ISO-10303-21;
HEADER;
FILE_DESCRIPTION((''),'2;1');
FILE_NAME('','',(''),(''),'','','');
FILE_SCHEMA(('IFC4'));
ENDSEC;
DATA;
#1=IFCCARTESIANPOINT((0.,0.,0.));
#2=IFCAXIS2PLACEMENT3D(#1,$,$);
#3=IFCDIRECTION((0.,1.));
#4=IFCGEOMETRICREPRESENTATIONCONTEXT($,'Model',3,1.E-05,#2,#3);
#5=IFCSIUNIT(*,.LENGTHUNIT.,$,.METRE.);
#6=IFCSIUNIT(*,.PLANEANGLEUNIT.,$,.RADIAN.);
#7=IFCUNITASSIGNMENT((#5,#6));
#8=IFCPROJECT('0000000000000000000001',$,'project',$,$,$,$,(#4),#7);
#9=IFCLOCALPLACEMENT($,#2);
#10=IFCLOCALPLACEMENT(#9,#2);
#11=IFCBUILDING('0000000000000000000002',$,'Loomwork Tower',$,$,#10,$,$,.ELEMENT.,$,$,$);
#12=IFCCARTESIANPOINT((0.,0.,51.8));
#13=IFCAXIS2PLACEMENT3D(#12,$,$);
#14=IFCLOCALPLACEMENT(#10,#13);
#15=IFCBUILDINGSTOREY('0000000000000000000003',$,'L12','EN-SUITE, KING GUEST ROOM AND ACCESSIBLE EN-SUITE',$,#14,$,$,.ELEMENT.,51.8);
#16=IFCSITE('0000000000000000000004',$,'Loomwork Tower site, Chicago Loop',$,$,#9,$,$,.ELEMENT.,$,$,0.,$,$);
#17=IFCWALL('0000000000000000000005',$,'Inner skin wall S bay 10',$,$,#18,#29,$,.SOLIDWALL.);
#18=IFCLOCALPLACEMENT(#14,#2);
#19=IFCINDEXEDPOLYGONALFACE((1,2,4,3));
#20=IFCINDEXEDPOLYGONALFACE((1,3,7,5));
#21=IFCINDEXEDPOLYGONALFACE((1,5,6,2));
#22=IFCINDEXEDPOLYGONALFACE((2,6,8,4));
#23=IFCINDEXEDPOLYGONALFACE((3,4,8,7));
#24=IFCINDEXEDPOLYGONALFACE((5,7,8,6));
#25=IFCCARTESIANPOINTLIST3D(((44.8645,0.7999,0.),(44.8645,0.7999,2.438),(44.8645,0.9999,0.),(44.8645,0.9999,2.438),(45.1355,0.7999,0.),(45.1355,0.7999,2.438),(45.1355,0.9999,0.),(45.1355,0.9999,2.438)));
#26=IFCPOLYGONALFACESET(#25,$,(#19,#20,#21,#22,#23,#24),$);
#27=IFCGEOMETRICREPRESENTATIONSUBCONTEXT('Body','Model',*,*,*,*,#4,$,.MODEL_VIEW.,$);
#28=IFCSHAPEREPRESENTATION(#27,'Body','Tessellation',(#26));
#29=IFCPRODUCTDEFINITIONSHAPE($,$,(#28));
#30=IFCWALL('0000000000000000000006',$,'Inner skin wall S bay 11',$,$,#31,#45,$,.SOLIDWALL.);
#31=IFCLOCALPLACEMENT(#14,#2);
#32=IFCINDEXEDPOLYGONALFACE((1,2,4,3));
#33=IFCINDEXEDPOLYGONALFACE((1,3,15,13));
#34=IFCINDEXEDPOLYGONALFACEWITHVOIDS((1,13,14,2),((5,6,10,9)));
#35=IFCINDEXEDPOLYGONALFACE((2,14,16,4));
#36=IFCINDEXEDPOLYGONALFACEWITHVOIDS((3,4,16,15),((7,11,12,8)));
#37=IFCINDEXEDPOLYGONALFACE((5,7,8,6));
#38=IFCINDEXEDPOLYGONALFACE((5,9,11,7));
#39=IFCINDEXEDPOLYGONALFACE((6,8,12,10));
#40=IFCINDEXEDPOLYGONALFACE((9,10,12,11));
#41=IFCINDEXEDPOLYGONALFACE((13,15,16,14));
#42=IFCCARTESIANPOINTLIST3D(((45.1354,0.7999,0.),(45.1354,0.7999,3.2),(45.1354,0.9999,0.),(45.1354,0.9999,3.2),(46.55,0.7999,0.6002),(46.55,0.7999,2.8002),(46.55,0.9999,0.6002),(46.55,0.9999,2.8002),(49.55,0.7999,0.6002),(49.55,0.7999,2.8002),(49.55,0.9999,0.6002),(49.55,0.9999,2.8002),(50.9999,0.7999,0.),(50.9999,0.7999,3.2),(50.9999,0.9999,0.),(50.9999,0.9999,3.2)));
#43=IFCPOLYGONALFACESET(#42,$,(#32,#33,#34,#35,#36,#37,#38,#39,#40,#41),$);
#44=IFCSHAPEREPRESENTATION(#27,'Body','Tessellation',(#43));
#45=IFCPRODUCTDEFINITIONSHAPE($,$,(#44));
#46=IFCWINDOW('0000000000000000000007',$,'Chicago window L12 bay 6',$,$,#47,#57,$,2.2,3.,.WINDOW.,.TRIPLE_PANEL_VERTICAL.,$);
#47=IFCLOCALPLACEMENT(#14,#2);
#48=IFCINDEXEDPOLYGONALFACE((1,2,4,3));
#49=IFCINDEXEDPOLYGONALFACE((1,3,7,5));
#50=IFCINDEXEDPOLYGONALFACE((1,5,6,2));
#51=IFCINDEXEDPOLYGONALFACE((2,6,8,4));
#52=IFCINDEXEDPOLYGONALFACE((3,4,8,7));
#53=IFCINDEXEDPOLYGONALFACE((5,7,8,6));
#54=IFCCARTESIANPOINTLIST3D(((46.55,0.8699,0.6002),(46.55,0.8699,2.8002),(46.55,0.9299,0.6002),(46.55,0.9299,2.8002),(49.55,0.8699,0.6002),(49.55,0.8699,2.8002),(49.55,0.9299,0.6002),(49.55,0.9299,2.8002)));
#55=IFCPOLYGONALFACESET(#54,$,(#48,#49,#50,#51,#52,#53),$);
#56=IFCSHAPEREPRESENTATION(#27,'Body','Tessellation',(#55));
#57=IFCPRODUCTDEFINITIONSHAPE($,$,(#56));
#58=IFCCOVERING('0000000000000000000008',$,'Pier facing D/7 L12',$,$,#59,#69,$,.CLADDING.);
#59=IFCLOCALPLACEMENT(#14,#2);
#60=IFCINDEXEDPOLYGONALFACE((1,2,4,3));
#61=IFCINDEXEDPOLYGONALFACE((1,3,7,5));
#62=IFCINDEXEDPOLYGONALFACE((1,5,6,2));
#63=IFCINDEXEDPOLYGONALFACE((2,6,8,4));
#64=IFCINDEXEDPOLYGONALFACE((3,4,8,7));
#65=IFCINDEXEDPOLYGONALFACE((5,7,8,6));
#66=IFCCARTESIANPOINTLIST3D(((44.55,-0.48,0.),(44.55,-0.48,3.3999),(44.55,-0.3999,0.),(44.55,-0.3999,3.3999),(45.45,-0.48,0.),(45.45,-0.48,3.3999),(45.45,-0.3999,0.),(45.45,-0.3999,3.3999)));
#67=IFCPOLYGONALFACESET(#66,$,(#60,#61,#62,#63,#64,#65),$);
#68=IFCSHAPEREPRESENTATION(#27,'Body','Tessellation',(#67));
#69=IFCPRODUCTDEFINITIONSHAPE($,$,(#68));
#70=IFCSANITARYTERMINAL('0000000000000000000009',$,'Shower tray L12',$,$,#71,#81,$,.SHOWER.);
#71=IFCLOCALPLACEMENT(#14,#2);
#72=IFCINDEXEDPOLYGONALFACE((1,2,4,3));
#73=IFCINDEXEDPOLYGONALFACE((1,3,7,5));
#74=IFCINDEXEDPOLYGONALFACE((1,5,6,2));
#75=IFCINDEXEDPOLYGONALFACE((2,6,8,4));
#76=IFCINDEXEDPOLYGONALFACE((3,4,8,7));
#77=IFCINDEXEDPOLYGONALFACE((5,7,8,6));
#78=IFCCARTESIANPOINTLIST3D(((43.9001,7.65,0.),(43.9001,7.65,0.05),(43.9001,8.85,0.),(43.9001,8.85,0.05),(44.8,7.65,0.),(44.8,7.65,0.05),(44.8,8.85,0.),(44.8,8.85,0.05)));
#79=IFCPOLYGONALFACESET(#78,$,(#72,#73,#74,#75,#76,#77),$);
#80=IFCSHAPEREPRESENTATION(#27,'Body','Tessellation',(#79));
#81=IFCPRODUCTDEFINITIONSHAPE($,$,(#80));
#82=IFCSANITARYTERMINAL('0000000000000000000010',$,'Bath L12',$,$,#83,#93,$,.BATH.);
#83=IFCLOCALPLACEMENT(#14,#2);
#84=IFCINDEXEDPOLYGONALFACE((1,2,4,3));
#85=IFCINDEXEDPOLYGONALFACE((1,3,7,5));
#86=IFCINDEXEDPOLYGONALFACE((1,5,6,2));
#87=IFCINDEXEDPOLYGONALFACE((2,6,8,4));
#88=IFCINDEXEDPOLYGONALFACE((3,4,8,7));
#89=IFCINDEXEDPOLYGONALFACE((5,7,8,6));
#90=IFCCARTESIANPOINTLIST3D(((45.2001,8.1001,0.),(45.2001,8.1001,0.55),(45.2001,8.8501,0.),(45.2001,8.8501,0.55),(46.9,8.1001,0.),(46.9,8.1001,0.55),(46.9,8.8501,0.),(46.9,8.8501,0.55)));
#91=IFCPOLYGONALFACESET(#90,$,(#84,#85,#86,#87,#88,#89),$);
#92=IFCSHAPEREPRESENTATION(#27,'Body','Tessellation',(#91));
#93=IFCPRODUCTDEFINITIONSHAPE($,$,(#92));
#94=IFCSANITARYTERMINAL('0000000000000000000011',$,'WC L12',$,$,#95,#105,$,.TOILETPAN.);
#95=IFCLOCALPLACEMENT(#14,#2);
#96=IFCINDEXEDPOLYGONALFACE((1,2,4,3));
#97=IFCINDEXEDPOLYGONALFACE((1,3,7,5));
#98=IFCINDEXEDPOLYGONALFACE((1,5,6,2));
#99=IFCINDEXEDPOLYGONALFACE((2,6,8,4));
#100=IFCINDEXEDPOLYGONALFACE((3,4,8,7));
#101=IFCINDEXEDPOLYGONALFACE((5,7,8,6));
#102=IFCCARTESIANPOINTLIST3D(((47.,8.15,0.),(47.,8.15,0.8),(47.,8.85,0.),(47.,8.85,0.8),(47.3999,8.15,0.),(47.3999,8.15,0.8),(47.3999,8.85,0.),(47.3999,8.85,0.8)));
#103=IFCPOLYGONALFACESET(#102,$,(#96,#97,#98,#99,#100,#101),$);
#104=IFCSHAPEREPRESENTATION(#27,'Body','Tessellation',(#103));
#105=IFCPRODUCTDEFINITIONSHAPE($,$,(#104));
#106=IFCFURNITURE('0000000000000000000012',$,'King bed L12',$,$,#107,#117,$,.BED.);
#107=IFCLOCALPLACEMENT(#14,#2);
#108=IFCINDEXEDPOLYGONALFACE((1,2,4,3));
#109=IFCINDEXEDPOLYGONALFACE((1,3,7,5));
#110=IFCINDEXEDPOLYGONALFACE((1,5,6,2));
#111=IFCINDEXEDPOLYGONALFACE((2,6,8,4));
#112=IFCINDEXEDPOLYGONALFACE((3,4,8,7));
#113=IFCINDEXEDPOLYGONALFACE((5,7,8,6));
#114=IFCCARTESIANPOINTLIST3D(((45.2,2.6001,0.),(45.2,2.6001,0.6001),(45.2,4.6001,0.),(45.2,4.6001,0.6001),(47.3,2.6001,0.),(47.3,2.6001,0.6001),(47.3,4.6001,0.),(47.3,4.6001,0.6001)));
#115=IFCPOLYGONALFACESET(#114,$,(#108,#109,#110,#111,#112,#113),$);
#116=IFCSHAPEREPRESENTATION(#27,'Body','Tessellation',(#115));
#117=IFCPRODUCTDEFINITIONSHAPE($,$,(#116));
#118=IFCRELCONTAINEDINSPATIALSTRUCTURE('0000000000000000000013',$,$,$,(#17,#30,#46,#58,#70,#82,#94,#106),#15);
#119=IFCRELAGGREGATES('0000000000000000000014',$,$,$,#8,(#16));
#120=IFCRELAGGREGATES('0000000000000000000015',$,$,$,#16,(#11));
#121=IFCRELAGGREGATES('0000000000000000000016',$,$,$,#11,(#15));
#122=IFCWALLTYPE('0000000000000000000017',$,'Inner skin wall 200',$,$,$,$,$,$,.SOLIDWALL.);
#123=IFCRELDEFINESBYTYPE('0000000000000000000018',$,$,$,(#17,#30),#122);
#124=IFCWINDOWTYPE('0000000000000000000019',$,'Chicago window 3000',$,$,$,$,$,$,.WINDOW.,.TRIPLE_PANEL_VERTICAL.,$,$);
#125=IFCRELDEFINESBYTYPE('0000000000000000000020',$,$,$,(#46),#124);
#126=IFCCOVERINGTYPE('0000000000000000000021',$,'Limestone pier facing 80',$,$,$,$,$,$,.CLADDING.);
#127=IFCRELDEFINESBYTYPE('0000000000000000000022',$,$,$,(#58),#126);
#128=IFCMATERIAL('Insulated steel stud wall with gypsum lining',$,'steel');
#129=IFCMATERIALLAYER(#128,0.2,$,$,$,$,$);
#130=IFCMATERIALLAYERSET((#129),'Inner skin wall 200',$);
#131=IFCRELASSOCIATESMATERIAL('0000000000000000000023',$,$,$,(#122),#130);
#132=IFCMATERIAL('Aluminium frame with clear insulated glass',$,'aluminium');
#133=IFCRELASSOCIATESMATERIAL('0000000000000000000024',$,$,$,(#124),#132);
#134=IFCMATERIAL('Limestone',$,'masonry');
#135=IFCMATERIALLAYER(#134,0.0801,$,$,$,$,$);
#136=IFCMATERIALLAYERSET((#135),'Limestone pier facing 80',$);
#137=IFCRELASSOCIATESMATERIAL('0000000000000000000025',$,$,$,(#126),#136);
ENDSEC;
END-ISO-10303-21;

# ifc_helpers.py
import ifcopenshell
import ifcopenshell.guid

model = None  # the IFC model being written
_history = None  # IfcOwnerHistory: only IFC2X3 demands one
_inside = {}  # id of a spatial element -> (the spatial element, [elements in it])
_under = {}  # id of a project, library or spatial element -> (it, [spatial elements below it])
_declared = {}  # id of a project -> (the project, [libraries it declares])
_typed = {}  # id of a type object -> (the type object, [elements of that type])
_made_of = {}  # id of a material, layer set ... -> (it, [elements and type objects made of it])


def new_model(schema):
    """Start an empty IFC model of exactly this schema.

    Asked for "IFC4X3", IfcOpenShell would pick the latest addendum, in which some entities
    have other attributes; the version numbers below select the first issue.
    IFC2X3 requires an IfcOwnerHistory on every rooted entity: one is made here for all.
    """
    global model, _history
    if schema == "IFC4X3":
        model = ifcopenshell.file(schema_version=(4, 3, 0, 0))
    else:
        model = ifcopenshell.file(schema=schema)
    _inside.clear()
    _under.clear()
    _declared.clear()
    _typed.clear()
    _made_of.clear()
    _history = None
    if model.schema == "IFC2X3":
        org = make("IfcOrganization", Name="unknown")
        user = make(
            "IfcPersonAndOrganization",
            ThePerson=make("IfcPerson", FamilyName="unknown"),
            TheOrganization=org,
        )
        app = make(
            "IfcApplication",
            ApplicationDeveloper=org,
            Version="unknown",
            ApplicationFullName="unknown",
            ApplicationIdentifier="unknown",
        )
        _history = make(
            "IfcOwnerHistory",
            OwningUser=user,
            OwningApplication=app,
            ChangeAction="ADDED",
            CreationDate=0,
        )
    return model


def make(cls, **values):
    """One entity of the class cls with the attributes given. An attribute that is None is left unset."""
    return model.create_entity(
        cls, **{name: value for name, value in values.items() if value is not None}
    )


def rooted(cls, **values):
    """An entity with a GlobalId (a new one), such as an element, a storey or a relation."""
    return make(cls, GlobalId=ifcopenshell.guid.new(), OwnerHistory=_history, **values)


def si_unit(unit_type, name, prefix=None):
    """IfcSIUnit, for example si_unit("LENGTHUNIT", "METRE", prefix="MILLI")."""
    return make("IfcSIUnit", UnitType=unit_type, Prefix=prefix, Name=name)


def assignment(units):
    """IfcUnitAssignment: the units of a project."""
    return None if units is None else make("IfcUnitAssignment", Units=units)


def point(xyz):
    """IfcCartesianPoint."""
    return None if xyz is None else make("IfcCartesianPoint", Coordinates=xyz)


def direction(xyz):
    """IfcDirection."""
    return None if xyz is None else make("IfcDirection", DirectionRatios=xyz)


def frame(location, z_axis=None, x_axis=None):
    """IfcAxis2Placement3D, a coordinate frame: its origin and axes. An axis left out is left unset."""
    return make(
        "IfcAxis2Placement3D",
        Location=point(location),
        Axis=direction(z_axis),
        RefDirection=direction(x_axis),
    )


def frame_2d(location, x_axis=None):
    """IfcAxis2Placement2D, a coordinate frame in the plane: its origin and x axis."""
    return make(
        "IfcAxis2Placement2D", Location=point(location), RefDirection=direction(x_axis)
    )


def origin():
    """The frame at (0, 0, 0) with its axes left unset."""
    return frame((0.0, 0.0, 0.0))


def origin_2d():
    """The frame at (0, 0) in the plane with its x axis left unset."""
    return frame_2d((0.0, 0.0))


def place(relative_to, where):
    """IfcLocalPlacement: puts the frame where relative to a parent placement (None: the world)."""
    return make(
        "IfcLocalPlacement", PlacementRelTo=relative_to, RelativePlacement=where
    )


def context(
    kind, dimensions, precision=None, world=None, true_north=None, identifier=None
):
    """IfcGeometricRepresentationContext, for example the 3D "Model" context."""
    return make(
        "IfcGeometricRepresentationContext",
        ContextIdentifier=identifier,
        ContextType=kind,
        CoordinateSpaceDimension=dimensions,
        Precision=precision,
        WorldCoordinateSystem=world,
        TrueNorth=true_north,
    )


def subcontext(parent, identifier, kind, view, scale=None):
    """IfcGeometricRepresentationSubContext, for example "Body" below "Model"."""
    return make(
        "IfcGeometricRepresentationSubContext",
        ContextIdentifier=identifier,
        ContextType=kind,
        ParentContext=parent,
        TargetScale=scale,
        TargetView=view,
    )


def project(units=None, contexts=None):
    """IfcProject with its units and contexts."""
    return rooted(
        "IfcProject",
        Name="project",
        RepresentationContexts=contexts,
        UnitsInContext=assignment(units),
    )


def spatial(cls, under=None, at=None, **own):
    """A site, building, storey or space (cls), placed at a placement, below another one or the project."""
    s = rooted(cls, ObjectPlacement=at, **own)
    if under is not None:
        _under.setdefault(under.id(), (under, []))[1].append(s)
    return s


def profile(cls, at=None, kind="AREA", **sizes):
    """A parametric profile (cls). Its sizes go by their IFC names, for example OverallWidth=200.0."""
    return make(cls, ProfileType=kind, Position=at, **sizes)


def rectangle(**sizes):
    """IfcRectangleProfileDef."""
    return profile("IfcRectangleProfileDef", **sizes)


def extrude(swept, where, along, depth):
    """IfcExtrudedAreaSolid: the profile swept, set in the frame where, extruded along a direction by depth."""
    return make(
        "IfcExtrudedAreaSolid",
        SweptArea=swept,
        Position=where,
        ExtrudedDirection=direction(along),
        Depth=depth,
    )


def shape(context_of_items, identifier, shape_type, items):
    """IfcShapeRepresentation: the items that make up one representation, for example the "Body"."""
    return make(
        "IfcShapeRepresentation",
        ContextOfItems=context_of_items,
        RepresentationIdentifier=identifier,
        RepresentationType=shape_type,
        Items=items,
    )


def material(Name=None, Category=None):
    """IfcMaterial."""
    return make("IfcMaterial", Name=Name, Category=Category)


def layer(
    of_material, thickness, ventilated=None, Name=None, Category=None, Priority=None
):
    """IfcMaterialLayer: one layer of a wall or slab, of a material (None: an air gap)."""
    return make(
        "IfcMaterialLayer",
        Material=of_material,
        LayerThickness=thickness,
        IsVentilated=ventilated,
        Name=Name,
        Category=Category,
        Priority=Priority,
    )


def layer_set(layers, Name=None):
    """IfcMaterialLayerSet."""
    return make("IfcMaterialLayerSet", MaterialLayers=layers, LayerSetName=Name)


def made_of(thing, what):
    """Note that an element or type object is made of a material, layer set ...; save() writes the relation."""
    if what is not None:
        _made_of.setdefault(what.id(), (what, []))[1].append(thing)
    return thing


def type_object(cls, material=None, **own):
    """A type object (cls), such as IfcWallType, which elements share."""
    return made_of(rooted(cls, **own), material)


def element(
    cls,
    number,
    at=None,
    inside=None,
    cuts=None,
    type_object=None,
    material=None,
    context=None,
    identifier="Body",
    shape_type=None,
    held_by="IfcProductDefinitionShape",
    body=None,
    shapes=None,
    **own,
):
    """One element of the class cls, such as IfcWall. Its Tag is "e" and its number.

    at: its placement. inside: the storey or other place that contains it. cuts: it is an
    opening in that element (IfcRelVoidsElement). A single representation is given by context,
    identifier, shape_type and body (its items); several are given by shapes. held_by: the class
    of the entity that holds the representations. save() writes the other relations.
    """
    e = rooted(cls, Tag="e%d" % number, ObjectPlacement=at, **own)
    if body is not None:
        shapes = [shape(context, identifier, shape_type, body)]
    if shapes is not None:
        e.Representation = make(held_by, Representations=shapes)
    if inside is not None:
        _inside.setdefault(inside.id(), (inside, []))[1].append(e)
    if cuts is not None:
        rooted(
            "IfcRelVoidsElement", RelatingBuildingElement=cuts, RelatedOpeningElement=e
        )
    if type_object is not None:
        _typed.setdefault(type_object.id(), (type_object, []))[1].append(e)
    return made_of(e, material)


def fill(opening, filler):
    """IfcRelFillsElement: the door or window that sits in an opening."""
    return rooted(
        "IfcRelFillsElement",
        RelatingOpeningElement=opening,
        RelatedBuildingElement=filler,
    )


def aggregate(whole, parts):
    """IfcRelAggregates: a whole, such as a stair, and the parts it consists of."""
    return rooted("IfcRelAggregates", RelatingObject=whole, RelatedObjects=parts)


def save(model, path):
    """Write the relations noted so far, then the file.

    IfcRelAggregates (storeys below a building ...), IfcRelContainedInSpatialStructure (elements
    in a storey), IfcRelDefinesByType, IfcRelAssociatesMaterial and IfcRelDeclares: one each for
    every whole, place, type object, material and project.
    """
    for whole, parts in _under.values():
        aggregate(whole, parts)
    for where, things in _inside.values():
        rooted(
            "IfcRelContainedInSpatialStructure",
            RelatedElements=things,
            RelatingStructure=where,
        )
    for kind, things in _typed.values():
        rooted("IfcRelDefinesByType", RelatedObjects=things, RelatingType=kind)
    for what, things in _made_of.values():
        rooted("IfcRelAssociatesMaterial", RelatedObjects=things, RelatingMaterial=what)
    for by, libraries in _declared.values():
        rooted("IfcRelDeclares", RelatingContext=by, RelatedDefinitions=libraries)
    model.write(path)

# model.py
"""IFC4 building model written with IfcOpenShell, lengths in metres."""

from ifc_helpers import new_model, si_unit, direction, frame, frame_2d, origin, origin_2d, place, context, subcontext, project, spatial, rectangle, extrude, material, layer, layer_set, type_object, element, fill, save


model = new_model("IFC4")

# Units and contexts
model_context = context("Model", 3, precision=1e-05, world=origin(), true_north=direction((0.0, 1.0)))
body_context = subcontext(model_context, "Body", "Model", "MODEL_VIEW")
ifc_project = project(units=[si_unit("LENGTHUNIT", "METRE"), si_unit("PLANEANGLEUNIT", "RADIAN")], contexts=[model_context])

# Site, building, storey
site_placement = place(None, origin())
site = spatial("IfcSite", under=ifc_project, at=site_placement, Name="Loomwork Tower site, Chicago Loop", CompositionType="ELEMENT", RefElevation=0.0)
building_placement = place(site_placement, origin())
building = spatial("IfcBuilding", under=site, at=building_placement, Name="Loomwork Tower", CompositionType="ELEMENT")
storey_placement = place(building_placement, frame((0.0, 0.0, 51.8)))
storey = spatial("IfcBuildingStorey", under=building, at=storey_placement, Name="L12", Description="EN-SUITE, KING GUEST ROOM AND ACCESSIBLE EN-SUITE", CompositionType="ELEMENT", Elevation=51.8)

# Wall
ifc_material_1 = material(Name="Insulated steel stud wall with gypsum lining", Category="steel")
ifc_layer_1 = layer(ifc_material_1, 0.2)
ifc_layer_set_1 = layer_set([ifc_layer_1], Name="Inner skin wall 200")
wall_type_1 = type_object("IfcWallType", Name="Inner skin wall 200", PredefinedType="SOLIDWALL", material=ifc_layer_set_1)
wall_1_placement = place(storey_placement, frame((44.8645, 0.8999, 0.0), z_axis=(0.0, 0.0, 1.0), x_axis=(1.0, 0.0, 0.0)))
element("IfcWall", 1, at=wall_1_placement, inside=storey, type_object=wall_type_1, Name="Inner skin wall S bay 10", PredefinedType="SOLIDWALL", context=body_context, shape_type="SweptSolid", body=[
    extrude(rectangle(XDim=0.271, YDim=0.2, at=frame_2d((0.1355, 0.0))), origin(), (0.0, 0.0, 1.0), 2.438),
])

# Wall, opening, window
wall_2_placement = place(storey_placement, frame((45.1355, 0.8999, 0.0), z_axis=(0.0, 0.0, 1.0), x_axis=(1.0, 0.0, 0.0)))
wall_2 = element("IfcWall", 2, at=wall_2_placement, inside=storey, type_object=wall_type_1, Name="Inner skin wall S bay 11", PredefinedType="SOLIDWALL", context=body_context, shape_type="SweptSolid", body=[
    extrude(rectangle(XDim=5.8645, YDim=0.2, at=frame_2d((2.9321, 0.0))), origin(), (0.0, 0.0, 1.0), 3.2),
])
opening_placement = place(wall_2_placement, frame((1.4146, 0.0, 0.6001)))
opening = element("IfcOpeningElement", 3, at=opening_placement, cuts=wall_2, PredefinedType="OPENING", context=body_context, shape_type="SweptSolid", body=[
    extrude(rectangle(XDim=3.0, YDim=2.2, at=frame_2d((1.5, 1.1001))), frame((0.0, 0.1099, 0.0), z_axis=(0.0, -1.0, 0.0), x_axis=(1.0, 0.0, 0.0)), (0.0, 0.0, 1.0), 0.22),
])
ifc_material_2 = material(Name="Aluminium frame with clear insulated glass", Category="aluminium")
window_type = type_object("IfcWindowType", Name="Chicago window 3000", PartitioningType="TRIPLE_PANEL_VERTICAL", PredefinedType="WINDOW", material=ifc_material_2)
window_placement = place(opening_placement, origin())
window = element("IfcWindow", 4, at=window_placement, inside=storey, type_object=window_type, Name="Chicago window L12 bay 6", OverallHeight=2.2, OverallWidth=3.0, PartitioningType="TRIPLE_PANEL_VERTICAL", PredefinedType="WINDOW", context=body_context, shape_type="SweptSolid", body=[
    extrude(rectangle(XDim=3.0, YDim=2.2, at=frame_2d((1.5, 1.1001))), frame((0.0, 0.03, 0.0), z_axis=(0.0, -1.0, 0.0), x_axis=(1.0, 0.0, 0.0)), (0.0, 0.0, 1.0), 0.0601),
])
fill(opening, window)

# Covering
ifc_material_3 = material(Name="Limestone", Category="masonry")
ifc_layer_2 = layer(ifc_material_3, 0.0801)
ifc_layer_set_2 = layer_set([ifc_layer_2], Name="Limestone pier facing 80")
covering_type = type_object("IfcCoveringType", Name="Limestone pier facing 80", PredefinedType="CLADDING", material=ifc_layer_set_2)
covering_placement = place(storey_placement, frame((45.0, -0.4399, 0.0), z_axis=(0.0, 0.0, 1.0), x_axis=(1.0, 0.0, 0.0)))
element("IfcCovering", 5, at=covering_placement, inside=storey, type_object=covering_type, Name="Pier facing D/7 L12", PredefinedType="CLADDING", context=body_context, shape_type="SweptSolid", body=[
    extrude(rectangle(XDim=0.8999, YDim=0.0801, at=origin_2d()), origin(), (0.0, 0.0, 1.0), 3.3999),
])

# Sanitary terminals
sanitary_terminal_1_placement = place(storey_placement, frame((44.3501, 8.25, 0.0), z_axis=(0.0, 0.0, 1.0), x_axis=(1.0, 0.0, 0.0)))
element("IfcSanitaryTerminal", 6, at=sanitary_terminal_1_placement, inside=storey, Name="Shower tray L12", PredefinedType="SHOWER", context=body_context, shape_type="SweptSolid", body=[
    extrude(rectangle(XDim=0.8999, YDim=1.2, at=origin_2d()), origin(), (0.0, 0.0, 1.0), 0.05),
])
sanitary_terminal_2_placement = place(storey_placement, frame((46.05, 8.4751, 0.0), z_axis=(0.0, 0.0, 1.0), x_axis=(1.0, 0.0, 0.0)))
element("IfcSanitaryTerminal", 7, at=sanitary_terminal_2_placement, inside=storey, Name="Bath L12", PredefinedType="BATH", context=body_context, shape_type="SweptSolid", body=[
    extrude(rectangle(XDim=1.7, YDim=0.75, at=origin_2d()), origin(), (0.0, 0.0, 1.0), 0.55),
])
sanitary_terminal_3_placement = place(storey_placement, frame((47.2, 8.5, 0.0), z_axis=(0.0, 0.0, 1.0), x_axis=(1.0, 0.0, 0.0)))
element("IfcSanitaryTerminal", 8, at=sanitary_terminal_3_placement, inside=storey, Name="WC L12", PredefinedType="TOILETPAN", context=body_context, shape_type="SweptSolid", body=[
    extrude(rectangle(XDim=0.3999, YDim=0.7, at=origin_2d()), origin(), (0.0, 0.0, 1.0), 0.8),
])

# Furniture
furniture_placement = place(storey_placement, frame((46.25, 3.6001, 0.0), z_axis=(0.0, 0.0, 1.0), x_axis=(1.0, 0.0, 0.0)))
element("IfcFurniture", 9, at=furniture_placement, inside=storey, Name="King bed L12", PredefinedType="BED", context=body_context, shape_type="SweptSolid", body=[
    extrude(rectangle(XDim=2.1001, YDim=2.0, at=origin_2d()), origin(), (0.0, 0.0, 1.0), 0.6001),
])

save(model, "model.ifc")
